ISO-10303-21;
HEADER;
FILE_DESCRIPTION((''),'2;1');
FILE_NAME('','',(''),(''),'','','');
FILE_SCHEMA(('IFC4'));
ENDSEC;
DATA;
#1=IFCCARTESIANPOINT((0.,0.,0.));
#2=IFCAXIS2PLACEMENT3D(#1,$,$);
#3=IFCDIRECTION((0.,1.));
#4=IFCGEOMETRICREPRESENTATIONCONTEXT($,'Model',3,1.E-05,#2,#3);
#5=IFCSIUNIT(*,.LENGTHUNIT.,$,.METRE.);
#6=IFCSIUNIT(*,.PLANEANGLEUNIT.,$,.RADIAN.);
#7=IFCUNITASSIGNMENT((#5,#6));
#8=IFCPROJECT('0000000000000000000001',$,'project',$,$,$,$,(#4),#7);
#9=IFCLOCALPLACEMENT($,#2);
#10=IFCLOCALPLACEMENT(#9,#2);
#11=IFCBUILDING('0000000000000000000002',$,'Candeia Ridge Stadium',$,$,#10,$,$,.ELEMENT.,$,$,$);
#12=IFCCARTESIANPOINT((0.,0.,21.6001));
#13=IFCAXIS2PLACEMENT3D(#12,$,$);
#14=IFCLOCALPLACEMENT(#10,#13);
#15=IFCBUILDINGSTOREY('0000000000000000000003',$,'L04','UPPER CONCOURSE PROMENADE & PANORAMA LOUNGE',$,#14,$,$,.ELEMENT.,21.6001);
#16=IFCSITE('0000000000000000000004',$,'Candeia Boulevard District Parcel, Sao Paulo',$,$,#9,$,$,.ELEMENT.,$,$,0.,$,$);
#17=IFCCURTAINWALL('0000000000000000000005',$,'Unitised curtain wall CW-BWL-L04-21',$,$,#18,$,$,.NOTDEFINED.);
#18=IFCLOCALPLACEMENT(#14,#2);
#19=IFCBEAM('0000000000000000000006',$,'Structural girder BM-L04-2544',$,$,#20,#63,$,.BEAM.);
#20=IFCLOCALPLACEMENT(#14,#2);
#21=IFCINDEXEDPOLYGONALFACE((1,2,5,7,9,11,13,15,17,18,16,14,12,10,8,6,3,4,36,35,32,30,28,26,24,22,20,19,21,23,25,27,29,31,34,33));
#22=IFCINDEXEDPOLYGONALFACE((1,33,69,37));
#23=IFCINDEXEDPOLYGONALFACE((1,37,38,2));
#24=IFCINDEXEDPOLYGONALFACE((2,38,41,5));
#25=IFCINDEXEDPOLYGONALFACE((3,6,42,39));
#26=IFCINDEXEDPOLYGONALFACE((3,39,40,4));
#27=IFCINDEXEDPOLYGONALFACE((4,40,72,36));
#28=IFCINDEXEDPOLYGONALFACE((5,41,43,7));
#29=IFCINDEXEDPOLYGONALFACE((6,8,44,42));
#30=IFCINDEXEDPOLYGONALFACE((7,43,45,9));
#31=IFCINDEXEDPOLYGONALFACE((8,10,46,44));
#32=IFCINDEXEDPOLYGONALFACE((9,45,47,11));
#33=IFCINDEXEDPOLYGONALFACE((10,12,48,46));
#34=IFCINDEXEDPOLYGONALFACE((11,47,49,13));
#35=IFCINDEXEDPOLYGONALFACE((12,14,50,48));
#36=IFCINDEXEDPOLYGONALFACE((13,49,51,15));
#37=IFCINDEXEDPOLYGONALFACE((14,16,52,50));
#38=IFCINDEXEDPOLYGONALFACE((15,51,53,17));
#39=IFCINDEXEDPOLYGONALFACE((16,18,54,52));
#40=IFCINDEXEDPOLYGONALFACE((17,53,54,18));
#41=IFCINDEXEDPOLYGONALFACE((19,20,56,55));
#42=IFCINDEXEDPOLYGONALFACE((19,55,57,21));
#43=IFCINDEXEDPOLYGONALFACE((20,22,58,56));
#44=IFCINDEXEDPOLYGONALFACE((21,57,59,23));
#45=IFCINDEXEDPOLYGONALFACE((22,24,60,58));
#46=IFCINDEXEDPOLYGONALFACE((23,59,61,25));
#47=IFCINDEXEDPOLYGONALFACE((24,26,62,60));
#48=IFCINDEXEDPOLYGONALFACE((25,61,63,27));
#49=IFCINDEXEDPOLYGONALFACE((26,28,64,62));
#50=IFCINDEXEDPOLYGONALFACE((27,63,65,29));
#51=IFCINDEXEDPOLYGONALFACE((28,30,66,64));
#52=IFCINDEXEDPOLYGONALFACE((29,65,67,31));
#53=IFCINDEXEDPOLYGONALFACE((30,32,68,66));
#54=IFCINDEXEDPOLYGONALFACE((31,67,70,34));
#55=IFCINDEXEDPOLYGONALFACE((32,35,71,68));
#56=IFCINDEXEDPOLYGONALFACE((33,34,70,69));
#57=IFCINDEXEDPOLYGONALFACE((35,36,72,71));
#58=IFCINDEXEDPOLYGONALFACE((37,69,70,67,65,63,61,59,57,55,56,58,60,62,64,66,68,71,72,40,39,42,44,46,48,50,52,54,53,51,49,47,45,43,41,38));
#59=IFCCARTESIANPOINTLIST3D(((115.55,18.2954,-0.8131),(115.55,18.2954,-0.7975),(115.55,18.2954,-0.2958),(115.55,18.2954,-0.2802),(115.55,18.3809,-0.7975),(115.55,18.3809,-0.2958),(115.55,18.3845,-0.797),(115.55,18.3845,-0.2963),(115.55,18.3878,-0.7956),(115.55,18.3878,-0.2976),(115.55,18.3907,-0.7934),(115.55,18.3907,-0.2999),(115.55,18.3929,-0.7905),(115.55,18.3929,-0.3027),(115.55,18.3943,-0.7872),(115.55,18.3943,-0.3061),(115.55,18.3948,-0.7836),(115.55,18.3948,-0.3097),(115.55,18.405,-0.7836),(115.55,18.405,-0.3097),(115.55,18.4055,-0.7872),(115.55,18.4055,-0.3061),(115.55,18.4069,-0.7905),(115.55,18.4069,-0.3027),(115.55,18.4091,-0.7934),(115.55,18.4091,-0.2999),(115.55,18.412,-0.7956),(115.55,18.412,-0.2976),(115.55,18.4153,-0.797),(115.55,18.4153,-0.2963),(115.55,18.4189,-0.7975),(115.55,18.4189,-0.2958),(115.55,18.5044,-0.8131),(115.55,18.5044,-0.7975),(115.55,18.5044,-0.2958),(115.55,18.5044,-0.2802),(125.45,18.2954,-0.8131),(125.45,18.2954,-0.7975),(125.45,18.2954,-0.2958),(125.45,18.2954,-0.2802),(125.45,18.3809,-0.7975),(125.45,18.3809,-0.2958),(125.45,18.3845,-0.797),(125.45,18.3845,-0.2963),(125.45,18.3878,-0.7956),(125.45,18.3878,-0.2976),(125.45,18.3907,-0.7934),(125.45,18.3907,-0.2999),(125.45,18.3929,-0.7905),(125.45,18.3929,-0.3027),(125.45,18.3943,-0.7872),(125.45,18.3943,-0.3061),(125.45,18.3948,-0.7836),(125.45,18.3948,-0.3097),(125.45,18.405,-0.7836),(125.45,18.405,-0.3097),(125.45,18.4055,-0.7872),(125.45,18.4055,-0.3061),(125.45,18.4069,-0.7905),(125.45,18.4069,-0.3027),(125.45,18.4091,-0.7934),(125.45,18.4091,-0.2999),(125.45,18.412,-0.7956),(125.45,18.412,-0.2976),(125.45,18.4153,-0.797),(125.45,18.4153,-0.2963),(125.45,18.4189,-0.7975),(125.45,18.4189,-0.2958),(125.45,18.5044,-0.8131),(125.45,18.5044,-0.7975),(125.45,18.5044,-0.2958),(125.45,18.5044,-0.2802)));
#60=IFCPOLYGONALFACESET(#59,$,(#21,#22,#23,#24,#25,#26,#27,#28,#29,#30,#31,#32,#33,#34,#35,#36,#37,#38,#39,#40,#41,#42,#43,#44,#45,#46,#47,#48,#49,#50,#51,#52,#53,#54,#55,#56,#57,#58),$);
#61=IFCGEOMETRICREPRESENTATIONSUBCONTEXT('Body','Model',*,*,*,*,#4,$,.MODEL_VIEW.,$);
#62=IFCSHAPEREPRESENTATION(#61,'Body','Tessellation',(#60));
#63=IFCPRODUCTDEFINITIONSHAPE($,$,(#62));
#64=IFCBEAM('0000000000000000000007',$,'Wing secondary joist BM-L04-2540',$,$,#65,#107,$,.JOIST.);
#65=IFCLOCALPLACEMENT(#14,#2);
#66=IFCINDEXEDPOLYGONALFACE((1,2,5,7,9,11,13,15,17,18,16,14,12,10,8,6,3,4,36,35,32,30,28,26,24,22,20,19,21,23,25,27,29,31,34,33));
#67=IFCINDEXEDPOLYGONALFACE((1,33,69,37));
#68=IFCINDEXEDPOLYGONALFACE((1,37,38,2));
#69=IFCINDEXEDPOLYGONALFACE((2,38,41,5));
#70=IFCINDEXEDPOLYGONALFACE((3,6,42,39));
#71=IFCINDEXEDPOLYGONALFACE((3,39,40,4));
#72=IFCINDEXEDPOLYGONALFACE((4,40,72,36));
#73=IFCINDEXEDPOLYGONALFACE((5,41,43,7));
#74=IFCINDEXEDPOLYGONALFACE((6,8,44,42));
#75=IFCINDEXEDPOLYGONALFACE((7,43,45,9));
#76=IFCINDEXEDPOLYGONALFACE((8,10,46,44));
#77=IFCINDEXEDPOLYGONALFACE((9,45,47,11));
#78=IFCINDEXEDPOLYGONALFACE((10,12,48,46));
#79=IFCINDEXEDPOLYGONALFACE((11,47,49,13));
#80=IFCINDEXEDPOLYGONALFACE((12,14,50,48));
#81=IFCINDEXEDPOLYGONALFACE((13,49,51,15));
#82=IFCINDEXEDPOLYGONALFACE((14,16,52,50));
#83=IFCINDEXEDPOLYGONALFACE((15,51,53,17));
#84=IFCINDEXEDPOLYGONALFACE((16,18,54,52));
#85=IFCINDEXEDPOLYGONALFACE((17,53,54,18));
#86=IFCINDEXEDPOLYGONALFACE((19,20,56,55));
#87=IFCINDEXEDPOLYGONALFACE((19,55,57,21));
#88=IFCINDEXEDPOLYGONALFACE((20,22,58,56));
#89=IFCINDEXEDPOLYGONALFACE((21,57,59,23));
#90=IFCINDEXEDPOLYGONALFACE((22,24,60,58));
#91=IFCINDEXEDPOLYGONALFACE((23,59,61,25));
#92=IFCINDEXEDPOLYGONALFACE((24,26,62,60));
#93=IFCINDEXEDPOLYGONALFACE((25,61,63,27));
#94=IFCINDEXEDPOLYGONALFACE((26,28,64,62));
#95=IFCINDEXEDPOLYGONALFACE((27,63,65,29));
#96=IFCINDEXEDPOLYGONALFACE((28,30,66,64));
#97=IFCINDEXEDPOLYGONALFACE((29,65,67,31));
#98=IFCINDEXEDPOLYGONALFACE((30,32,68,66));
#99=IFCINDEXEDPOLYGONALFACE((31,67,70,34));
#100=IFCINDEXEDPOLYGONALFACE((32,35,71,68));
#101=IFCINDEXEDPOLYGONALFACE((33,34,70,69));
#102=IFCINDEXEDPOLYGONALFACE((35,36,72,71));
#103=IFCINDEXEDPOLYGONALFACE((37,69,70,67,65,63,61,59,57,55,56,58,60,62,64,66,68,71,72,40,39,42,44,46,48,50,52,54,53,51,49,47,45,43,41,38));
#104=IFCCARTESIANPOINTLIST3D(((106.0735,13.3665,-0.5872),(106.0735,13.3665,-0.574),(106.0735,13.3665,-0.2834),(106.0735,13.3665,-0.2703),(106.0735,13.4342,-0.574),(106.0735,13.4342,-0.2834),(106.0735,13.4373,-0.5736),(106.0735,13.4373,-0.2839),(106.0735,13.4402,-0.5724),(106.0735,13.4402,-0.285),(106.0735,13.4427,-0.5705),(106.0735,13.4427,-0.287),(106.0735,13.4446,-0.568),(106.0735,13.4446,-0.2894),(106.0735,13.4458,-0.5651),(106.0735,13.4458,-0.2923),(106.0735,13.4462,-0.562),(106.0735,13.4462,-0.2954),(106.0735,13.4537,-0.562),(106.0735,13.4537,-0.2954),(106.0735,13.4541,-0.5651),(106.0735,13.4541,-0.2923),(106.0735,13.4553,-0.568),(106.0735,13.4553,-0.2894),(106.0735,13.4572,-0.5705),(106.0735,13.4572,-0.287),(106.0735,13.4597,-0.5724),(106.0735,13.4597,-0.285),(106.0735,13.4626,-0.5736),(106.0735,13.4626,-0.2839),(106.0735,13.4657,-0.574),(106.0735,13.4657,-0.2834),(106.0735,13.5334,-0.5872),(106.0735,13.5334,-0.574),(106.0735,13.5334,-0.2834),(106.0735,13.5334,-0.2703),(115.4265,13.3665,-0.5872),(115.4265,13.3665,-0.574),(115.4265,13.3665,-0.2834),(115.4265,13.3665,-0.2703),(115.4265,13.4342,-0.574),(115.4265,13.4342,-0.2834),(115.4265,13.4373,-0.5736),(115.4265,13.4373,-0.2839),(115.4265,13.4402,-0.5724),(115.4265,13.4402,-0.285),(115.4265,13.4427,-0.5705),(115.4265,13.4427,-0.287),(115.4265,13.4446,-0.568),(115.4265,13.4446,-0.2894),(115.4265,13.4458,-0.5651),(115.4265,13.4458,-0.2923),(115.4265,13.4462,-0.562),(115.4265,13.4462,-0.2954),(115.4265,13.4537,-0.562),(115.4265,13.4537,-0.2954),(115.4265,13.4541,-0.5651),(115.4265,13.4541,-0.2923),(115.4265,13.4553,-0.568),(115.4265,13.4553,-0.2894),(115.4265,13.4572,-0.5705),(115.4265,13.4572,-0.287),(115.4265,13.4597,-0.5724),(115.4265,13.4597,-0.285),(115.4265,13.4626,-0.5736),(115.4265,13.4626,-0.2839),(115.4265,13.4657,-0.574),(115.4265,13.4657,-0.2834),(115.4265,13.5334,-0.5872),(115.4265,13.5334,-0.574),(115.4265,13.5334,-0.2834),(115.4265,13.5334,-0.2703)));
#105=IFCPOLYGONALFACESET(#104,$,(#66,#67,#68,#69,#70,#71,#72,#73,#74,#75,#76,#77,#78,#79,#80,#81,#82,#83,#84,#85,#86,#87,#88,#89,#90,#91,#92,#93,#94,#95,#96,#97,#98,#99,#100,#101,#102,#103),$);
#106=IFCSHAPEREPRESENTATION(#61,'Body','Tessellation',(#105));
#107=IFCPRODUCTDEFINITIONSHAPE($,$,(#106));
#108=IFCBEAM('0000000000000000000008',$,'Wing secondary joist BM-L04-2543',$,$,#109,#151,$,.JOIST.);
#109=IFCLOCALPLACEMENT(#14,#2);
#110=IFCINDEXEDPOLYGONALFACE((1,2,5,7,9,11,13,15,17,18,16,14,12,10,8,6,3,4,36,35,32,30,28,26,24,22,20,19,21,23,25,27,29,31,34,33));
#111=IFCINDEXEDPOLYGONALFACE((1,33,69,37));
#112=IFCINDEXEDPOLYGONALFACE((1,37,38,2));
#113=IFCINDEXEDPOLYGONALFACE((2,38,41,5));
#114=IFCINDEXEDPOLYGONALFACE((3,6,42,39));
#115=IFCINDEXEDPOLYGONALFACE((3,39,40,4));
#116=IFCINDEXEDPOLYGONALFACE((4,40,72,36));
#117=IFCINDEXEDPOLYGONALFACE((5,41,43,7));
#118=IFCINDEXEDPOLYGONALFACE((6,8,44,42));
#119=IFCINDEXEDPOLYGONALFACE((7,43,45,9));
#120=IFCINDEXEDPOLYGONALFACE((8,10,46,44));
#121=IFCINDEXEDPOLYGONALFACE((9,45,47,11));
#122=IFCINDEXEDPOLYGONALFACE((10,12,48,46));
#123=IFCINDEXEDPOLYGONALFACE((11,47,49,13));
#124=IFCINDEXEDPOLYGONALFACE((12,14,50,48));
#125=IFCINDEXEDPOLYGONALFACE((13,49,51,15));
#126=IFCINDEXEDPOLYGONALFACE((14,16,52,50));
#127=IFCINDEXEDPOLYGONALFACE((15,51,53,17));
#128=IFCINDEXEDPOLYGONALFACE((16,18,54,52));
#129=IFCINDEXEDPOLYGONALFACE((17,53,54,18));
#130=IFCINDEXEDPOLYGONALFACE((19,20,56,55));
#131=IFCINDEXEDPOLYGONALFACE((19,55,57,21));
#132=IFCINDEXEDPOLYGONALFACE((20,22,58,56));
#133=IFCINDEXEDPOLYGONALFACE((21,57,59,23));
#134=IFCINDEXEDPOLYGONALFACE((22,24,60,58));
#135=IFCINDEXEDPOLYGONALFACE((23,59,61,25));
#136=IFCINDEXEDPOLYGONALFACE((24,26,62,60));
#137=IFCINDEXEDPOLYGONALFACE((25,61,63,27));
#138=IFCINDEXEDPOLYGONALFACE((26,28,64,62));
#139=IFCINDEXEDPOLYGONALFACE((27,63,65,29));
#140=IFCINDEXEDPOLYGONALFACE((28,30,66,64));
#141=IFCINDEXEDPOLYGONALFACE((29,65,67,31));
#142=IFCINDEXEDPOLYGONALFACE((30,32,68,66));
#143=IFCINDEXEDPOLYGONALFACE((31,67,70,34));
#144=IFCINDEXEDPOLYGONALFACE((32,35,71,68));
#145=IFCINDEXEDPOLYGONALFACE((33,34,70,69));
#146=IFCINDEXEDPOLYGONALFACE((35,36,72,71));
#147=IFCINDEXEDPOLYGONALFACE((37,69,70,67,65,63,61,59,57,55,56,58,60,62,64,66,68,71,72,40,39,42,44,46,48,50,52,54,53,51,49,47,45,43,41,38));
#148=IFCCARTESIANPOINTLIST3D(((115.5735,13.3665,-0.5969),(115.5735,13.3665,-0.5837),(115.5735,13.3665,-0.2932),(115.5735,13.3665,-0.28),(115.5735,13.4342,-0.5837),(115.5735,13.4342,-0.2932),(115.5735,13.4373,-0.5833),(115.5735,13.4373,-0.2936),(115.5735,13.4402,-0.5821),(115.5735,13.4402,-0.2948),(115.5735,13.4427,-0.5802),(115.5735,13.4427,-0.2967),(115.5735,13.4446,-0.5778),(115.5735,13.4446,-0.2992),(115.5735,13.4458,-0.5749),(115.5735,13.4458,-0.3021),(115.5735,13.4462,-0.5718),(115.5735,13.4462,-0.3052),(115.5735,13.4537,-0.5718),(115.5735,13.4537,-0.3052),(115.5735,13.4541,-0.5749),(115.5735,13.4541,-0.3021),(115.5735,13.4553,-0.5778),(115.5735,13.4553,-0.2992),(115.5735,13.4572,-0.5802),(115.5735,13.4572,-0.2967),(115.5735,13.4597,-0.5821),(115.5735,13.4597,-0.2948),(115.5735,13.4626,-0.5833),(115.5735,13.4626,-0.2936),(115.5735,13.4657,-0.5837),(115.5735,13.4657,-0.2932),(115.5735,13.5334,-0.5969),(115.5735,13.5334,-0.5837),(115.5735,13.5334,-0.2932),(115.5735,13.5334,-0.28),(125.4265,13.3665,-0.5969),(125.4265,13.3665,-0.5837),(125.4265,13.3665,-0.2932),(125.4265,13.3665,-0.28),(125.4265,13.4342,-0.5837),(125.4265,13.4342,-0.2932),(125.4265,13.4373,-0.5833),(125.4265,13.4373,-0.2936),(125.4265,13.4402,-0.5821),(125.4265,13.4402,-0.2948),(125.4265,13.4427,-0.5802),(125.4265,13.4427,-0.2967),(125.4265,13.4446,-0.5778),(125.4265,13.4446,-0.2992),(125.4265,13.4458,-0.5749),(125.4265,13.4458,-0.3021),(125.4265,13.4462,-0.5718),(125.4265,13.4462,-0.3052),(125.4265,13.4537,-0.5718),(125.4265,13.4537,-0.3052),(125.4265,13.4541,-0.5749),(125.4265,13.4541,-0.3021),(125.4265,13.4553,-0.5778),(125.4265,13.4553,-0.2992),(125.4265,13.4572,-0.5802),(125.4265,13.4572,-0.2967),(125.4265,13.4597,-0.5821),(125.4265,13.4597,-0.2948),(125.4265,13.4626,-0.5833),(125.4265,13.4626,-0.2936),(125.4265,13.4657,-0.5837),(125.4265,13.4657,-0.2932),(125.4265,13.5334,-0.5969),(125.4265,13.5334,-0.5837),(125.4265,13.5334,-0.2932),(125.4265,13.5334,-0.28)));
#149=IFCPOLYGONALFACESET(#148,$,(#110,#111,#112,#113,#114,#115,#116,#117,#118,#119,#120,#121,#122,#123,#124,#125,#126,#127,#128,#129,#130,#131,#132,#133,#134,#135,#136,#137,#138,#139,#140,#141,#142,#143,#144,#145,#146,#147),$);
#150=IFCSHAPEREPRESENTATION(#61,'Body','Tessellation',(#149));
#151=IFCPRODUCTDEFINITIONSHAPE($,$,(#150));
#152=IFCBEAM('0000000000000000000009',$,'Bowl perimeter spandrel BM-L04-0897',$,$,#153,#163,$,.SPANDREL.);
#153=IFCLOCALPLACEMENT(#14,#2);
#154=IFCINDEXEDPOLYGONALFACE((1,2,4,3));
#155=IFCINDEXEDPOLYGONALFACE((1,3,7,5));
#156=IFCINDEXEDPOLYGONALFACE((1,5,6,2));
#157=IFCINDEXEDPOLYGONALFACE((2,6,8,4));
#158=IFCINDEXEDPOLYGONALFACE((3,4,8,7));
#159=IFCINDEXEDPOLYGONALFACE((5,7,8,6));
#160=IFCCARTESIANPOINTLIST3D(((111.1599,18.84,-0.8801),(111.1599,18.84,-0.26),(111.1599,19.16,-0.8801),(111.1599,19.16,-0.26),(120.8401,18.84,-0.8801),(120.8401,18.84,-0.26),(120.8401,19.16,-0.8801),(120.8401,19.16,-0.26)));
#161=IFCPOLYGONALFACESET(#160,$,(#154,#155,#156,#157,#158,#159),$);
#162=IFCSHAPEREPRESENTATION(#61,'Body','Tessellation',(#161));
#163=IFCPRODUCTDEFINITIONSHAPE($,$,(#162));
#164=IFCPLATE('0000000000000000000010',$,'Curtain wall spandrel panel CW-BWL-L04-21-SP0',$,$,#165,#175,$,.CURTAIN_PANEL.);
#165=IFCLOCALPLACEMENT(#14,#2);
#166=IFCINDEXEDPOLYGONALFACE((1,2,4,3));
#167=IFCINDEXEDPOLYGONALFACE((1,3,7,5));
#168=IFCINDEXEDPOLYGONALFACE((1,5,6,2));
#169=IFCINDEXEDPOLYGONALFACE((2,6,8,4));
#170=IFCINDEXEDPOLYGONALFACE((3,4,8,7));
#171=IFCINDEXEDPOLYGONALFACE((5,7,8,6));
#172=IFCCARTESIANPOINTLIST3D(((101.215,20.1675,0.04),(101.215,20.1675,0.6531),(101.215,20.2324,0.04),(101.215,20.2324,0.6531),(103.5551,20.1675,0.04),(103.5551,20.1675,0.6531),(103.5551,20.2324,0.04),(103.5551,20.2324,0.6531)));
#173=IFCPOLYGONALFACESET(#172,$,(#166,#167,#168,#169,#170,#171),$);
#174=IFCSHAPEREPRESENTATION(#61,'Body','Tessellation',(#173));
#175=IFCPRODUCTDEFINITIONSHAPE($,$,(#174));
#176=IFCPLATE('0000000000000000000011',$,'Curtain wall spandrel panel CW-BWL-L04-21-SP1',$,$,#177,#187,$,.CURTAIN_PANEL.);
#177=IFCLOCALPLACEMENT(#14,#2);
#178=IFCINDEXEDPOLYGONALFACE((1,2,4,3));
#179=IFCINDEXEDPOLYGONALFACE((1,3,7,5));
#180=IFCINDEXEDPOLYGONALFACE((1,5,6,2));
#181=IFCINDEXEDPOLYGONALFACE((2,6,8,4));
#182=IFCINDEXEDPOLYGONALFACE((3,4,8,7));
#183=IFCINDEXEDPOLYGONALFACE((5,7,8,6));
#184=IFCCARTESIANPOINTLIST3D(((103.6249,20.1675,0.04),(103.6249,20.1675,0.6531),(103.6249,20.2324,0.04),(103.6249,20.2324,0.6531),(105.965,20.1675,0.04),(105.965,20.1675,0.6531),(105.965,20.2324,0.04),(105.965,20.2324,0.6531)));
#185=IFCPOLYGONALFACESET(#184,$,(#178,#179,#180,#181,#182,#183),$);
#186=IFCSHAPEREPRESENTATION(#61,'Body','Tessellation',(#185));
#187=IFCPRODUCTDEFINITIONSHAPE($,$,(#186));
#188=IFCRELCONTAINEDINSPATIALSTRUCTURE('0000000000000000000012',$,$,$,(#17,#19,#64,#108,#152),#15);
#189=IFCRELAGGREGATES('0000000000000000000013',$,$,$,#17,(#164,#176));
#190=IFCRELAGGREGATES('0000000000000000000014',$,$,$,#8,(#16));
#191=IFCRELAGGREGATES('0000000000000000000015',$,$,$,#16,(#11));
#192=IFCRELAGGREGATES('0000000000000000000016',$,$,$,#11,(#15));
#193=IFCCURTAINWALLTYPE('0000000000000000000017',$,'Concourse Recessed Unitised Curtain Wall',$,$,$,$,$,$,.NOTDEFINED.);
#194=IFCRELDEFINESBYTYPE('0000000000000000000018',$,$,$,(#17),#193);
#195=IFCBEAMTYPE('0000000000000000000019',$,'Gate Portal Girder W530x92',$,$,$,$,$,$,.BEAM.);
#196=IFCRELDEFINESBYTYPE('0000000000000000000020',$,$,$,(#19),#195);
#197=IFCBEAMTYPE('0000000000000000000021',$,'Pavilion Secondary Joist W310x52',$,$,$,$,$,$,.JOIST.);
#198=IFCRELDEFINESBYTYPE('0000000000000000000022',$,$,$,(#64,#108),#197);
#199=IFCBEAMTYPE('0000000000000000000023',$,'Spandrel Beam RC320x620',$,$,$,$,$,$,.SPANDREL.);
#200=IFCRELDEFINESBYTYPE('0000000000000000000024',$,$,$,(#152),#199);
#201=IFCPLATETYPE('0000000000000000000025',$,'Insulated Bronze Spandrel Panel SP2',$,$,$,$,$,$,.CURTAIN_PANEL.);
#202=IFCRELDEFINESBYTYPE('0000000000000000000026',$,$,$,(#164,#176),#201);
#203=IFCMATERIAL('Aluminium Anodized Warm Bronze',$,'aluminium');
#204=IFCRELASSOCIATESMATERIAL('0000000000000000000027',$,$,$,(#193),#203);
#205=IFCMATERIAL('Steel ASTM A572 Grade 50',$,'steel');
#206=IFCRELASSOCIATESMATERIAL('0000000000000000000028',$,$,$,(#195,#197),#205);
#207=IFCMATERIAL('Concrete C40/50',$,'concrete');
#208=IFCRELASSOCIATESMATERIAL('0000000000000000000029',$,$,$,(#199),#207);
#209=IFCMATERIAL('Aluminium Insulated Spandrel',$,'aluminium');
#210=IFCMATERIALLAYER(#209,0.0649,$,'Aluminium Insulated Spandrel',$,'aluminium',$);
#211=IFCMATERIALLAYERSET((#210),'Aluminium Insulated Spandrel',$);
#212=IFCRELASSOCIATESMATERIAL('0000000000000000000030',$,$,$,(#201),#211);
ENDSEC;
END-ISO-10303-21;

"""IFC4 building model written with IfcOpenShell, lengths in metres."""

from ifc_helpers import new_model, si_unit, direction, frame, origin, origin_2d, place, context, subcontext, project, spatial, rectangle, i_section, extrude, material, layer, layer_set, material_profile, profile_set, type_object, element, aggregate, save


model = new_model("IFC4")

# Units and contexts
model_context = context("Model", 3, precision=1e-05, world=origin(), true_north=direction((0.0, 1.0)))
body_context = subcontext(model_context, "Body", "Model", "MODEL_VIEW")
ifc_project = project(units=[si_unit("LENGTHUNIT", "METRE"), si_unit("PLANEANGLEUNIT", "RADIAN")], contexts=[model_context])

# Site, building, storey
site_placement = place(None, origin())
site = spatial("IfcSite", under=ifc_project, at=site_placement, Name="Candeia Boulevard District Parcel, Sao Paulo", CompositionType="ELEMENT", RefElevation=0.0)
building_placement = place(site_placement, origin())
building = spatial("IfcBuilding", under=site, at=building_placement, Name="Candeia Ridge Stadium", CompositionType="ELEMENT")
storey_placement = place(building_placement, frame((0.0, 0.0, 21.6001)))
storey = spatial("IfcBuildingStorey", under=building, at=storey_placement, Name="L04", Description="UPPER CONCOURSE PROMENADE & PANORAMA LOUNGE", CompositionType="ELEMENT", Elevation=21.6001)

# Shared definitions
ifc_material_1 = material(Name="Steel ASTM A572 Grade 50", Category="steel")

# Curtain wall
ifc_material_2 = material(Name="Aluminium Anodized Warm Bronze", Category="aluminium")
curtain_wall_type = type_object("IfcCurtainWallType", Name="Concourse Recessed Unitised Curtain Wall", PredefinedType="NOTDEFINED", material=ifc_material_2)
curtain_wall_1_placement = place(storey_placement, origin())
curtain_wall_1 = element("IfcCurtainWall", 1, at=curtain_wall_1_placement, inside=storey, type_object=curtain_wall_type, Name="Unitised curtain wall CW-BWL-L04-21", PredefinedType="NOTDEFINED")

# Beams
ifc_material_profile_1 = material_profile(ifc_material_1, i_section(OverallWidth=0.209, OverallDepth=0.533, WebThickness=0.0103, FlangeThickness=0.0156, FilletRadius=0.0139, at=origin_2d()), Name="W530x92", Category="steel")
ifc_profile_set_1 = profile_set([ifc_material_profile_1], Name="Steel ASTM A572 Grade 50")
beam_type_1 = type_object("IfcBeamType", Name="Gate Portal Girder W530x92", PredefinedType="BEAM", material=ifc_profile_set_1)
for number, where, z_axis, x_axis, name in (
    (2, (115.55, 18.3999, -0.5466), (1.0, 0.0, 0.0), (0.0, 1.0, 0.0), "Structural girder BM-L04-2544"),
):
    element("IfcBeam", number, at=place(storey_placement, frame(where, z_axis=z_axis, x_axis=x_axis)), inside=storey, type_object=beam_type_1, Name=name, PredefinedType="BEAM", context=body_context, shape_type="SweptSolid", body=[
        extrude(i_section(OverallWidth=0.209, OverallDepth=0.533, WebThickness=0.0103, FlangeThickness=0.0156, FilletRadius=0.0139, at=origin_2d()), origin(), (0.0, 0.0, 1.0), 9.8999),
    ])
ifc_material_profile_2 = material_profile(ifc_material_1, i_section(OverallWidth=0.167, OverallDepth=0.3169, WebThickness=0.0076, FlangeThickness=0.0132, FilletRadius=0.012, at=origin_2d()), Name="W310x52", Category="steel")
ifc_profile_set_2 = profile_set([ifc_material_profile_2], Name="Steel ASTM A572 Grade 50")
beam_type_2 = type_object("IfcBeamType", Name="Pavilion Secondary Joist W310x52", PredefinedType="JOIST", material=ifc_profile_set_2)
beam_1_placement = place(storey_placement, frame((106.0735, 13.45, -0.4287), z_axis=(1.0, 0.0, 0.0), x_axis=(0.0, 1.0, 0.0)))
element("IfcBeam", 3, at=beam_1_placement, inside=storey, type_object=beam_type_2, Name="Wing secondary joist BM-L04-2540", PredefinedType="JOIST", context=body_context, shape_type="SweptSolid", body=[
    extrude(i_section(OverallWidth=0.167, OverallDepth=0.3169, WebThickness=0.0076, FlangeThickness=0.0132, FilletRadius=0.012, at=origin_2d()), origin(), (0.0, 0.0, 1.0), 9.353),
])
beam_2_placement = place(storey_placement, frame((115.5735, 13.45, -0.4385), z_axis=(1.0, 0.0, 0.0), x_axis=(0.0, 1.0, 0.0)))
element("IfcBeam", 4, at=beam_2_placement, inside=storey, type_object=beam_type_2, Name="Wing secondary joist BM-L04-2543", PredefinedType="JOIST", context=body_context, shape_type="SweptSolid", body=[
    extrude(i_section(OverallWidth=0.167, OverallDepth=0.3169, WebThickness=0.0076, FlangeThickness=0.0132, FilletRadius=0.012, at=origin_2d()), origin(), (0.0, 0.0, 1.0), 9.853),
])
ifc_material_3 = material(Name="Concrete C40/50", Category="concrete")
ifc_material_profile_3 = material_profile(ifc_material_3, rectangle(XDim=0.3201, YDim=0.6201, at=origin_2d()), Name="RC320x620", Category="concrete")
ifc_profile_set_3 = profile_set([ifc_material_profile_3], Name="Concrete C40/50")
beam_type_3 = type_object("IfcBeamType", Name="Spandrel Beam RC320x620", PredefinedType="SPANDREL", material=ifc_profile_set_3)
beam_3_placement = place(storey_placement, frame((111.1599, 19.0, -0.5701), z_axis=(1.0, 0.0, 0.0), x_axis=(0.0, 1.0, 0.0)))
element("IfcBeam", 5, at=beam_3_placement, inside=storey, type_object=beam_type_3, Name="Bowl perimeter spandrel BM-L04-0897", PredefinedType="SPANDREL", context=body_context, shape_type="SweptSolid", body=[
    extrude(rectangle(XDim=0.3201, YDim=0.6201, at=origin_2d()), origin(), (0.0, 0.0, 1.0), 9.6802),
])

# Plates
ifc_material_4 = material(Name="Aluminium Insulated Spandrel", Category="aluminium")
ifc_layer_1 = layer(ifc_material_4, 0.0649, Name="Aluminium Insulated Spandrel", Category="aluminium")
ifc_layer_set_1 = layer_set([ifc_layer_1], Name="Aluminium Insulated Spandrel")
plate_type_1 = type_object("IfcPlateType", Name="Insulated Bronze Spandrel Panel SP2", PredefinedType="CURTAIN_PANEL", material=ifc_layer_set_1)
plate_1_placement = place(storey_placement, frame((102.385, 20.2, 0.04), z_axis=(0.0, 0.0, 1.0), x_axis=(1.0, 0.0, 0.0)))
plate_1 = element("IfcPlate", 6, at=plate_1_placement, type_object=plate_type_1, Name="Curtain wall spandrel panel CW-BWL-L04-21-SP0", PredefinedType="CURTAIN_PANEL", context=body_context, shape_type="SweptSolid", body=[
    extrude(rectangle(XDim=2.3401, YDim=0.0649, at=origin_2d()), origin(), (0.0, 0.0, 1.0), 0.613),
])
plate_2_placement = place(storey_placement, frame((104.7949, 20.2, 0.04), z_axis=(0.0, 0.0, 1.0), x_axis=(1.0, 0.0, 0.0)))
plate_2 = element("IfcPlate", 7, at=plate_2_placement, type_object=plate_type_1, Name="Curtain wall spandrel panel CW-BWL-L04-21-SP1", PredefinedType="CURTAIN_PANEL", context=body_context, shape_type="SweptSolid", body=[
    extrude(rectangle(XDim=2.3401, YDim=0.0649, at=origin_2d()), origin(), (0.0, 0.0, 1.0), 0.613),
])
aggregate(curtain_wall_1, [plate_1, plate_2])

save(model, "model.ifc")
